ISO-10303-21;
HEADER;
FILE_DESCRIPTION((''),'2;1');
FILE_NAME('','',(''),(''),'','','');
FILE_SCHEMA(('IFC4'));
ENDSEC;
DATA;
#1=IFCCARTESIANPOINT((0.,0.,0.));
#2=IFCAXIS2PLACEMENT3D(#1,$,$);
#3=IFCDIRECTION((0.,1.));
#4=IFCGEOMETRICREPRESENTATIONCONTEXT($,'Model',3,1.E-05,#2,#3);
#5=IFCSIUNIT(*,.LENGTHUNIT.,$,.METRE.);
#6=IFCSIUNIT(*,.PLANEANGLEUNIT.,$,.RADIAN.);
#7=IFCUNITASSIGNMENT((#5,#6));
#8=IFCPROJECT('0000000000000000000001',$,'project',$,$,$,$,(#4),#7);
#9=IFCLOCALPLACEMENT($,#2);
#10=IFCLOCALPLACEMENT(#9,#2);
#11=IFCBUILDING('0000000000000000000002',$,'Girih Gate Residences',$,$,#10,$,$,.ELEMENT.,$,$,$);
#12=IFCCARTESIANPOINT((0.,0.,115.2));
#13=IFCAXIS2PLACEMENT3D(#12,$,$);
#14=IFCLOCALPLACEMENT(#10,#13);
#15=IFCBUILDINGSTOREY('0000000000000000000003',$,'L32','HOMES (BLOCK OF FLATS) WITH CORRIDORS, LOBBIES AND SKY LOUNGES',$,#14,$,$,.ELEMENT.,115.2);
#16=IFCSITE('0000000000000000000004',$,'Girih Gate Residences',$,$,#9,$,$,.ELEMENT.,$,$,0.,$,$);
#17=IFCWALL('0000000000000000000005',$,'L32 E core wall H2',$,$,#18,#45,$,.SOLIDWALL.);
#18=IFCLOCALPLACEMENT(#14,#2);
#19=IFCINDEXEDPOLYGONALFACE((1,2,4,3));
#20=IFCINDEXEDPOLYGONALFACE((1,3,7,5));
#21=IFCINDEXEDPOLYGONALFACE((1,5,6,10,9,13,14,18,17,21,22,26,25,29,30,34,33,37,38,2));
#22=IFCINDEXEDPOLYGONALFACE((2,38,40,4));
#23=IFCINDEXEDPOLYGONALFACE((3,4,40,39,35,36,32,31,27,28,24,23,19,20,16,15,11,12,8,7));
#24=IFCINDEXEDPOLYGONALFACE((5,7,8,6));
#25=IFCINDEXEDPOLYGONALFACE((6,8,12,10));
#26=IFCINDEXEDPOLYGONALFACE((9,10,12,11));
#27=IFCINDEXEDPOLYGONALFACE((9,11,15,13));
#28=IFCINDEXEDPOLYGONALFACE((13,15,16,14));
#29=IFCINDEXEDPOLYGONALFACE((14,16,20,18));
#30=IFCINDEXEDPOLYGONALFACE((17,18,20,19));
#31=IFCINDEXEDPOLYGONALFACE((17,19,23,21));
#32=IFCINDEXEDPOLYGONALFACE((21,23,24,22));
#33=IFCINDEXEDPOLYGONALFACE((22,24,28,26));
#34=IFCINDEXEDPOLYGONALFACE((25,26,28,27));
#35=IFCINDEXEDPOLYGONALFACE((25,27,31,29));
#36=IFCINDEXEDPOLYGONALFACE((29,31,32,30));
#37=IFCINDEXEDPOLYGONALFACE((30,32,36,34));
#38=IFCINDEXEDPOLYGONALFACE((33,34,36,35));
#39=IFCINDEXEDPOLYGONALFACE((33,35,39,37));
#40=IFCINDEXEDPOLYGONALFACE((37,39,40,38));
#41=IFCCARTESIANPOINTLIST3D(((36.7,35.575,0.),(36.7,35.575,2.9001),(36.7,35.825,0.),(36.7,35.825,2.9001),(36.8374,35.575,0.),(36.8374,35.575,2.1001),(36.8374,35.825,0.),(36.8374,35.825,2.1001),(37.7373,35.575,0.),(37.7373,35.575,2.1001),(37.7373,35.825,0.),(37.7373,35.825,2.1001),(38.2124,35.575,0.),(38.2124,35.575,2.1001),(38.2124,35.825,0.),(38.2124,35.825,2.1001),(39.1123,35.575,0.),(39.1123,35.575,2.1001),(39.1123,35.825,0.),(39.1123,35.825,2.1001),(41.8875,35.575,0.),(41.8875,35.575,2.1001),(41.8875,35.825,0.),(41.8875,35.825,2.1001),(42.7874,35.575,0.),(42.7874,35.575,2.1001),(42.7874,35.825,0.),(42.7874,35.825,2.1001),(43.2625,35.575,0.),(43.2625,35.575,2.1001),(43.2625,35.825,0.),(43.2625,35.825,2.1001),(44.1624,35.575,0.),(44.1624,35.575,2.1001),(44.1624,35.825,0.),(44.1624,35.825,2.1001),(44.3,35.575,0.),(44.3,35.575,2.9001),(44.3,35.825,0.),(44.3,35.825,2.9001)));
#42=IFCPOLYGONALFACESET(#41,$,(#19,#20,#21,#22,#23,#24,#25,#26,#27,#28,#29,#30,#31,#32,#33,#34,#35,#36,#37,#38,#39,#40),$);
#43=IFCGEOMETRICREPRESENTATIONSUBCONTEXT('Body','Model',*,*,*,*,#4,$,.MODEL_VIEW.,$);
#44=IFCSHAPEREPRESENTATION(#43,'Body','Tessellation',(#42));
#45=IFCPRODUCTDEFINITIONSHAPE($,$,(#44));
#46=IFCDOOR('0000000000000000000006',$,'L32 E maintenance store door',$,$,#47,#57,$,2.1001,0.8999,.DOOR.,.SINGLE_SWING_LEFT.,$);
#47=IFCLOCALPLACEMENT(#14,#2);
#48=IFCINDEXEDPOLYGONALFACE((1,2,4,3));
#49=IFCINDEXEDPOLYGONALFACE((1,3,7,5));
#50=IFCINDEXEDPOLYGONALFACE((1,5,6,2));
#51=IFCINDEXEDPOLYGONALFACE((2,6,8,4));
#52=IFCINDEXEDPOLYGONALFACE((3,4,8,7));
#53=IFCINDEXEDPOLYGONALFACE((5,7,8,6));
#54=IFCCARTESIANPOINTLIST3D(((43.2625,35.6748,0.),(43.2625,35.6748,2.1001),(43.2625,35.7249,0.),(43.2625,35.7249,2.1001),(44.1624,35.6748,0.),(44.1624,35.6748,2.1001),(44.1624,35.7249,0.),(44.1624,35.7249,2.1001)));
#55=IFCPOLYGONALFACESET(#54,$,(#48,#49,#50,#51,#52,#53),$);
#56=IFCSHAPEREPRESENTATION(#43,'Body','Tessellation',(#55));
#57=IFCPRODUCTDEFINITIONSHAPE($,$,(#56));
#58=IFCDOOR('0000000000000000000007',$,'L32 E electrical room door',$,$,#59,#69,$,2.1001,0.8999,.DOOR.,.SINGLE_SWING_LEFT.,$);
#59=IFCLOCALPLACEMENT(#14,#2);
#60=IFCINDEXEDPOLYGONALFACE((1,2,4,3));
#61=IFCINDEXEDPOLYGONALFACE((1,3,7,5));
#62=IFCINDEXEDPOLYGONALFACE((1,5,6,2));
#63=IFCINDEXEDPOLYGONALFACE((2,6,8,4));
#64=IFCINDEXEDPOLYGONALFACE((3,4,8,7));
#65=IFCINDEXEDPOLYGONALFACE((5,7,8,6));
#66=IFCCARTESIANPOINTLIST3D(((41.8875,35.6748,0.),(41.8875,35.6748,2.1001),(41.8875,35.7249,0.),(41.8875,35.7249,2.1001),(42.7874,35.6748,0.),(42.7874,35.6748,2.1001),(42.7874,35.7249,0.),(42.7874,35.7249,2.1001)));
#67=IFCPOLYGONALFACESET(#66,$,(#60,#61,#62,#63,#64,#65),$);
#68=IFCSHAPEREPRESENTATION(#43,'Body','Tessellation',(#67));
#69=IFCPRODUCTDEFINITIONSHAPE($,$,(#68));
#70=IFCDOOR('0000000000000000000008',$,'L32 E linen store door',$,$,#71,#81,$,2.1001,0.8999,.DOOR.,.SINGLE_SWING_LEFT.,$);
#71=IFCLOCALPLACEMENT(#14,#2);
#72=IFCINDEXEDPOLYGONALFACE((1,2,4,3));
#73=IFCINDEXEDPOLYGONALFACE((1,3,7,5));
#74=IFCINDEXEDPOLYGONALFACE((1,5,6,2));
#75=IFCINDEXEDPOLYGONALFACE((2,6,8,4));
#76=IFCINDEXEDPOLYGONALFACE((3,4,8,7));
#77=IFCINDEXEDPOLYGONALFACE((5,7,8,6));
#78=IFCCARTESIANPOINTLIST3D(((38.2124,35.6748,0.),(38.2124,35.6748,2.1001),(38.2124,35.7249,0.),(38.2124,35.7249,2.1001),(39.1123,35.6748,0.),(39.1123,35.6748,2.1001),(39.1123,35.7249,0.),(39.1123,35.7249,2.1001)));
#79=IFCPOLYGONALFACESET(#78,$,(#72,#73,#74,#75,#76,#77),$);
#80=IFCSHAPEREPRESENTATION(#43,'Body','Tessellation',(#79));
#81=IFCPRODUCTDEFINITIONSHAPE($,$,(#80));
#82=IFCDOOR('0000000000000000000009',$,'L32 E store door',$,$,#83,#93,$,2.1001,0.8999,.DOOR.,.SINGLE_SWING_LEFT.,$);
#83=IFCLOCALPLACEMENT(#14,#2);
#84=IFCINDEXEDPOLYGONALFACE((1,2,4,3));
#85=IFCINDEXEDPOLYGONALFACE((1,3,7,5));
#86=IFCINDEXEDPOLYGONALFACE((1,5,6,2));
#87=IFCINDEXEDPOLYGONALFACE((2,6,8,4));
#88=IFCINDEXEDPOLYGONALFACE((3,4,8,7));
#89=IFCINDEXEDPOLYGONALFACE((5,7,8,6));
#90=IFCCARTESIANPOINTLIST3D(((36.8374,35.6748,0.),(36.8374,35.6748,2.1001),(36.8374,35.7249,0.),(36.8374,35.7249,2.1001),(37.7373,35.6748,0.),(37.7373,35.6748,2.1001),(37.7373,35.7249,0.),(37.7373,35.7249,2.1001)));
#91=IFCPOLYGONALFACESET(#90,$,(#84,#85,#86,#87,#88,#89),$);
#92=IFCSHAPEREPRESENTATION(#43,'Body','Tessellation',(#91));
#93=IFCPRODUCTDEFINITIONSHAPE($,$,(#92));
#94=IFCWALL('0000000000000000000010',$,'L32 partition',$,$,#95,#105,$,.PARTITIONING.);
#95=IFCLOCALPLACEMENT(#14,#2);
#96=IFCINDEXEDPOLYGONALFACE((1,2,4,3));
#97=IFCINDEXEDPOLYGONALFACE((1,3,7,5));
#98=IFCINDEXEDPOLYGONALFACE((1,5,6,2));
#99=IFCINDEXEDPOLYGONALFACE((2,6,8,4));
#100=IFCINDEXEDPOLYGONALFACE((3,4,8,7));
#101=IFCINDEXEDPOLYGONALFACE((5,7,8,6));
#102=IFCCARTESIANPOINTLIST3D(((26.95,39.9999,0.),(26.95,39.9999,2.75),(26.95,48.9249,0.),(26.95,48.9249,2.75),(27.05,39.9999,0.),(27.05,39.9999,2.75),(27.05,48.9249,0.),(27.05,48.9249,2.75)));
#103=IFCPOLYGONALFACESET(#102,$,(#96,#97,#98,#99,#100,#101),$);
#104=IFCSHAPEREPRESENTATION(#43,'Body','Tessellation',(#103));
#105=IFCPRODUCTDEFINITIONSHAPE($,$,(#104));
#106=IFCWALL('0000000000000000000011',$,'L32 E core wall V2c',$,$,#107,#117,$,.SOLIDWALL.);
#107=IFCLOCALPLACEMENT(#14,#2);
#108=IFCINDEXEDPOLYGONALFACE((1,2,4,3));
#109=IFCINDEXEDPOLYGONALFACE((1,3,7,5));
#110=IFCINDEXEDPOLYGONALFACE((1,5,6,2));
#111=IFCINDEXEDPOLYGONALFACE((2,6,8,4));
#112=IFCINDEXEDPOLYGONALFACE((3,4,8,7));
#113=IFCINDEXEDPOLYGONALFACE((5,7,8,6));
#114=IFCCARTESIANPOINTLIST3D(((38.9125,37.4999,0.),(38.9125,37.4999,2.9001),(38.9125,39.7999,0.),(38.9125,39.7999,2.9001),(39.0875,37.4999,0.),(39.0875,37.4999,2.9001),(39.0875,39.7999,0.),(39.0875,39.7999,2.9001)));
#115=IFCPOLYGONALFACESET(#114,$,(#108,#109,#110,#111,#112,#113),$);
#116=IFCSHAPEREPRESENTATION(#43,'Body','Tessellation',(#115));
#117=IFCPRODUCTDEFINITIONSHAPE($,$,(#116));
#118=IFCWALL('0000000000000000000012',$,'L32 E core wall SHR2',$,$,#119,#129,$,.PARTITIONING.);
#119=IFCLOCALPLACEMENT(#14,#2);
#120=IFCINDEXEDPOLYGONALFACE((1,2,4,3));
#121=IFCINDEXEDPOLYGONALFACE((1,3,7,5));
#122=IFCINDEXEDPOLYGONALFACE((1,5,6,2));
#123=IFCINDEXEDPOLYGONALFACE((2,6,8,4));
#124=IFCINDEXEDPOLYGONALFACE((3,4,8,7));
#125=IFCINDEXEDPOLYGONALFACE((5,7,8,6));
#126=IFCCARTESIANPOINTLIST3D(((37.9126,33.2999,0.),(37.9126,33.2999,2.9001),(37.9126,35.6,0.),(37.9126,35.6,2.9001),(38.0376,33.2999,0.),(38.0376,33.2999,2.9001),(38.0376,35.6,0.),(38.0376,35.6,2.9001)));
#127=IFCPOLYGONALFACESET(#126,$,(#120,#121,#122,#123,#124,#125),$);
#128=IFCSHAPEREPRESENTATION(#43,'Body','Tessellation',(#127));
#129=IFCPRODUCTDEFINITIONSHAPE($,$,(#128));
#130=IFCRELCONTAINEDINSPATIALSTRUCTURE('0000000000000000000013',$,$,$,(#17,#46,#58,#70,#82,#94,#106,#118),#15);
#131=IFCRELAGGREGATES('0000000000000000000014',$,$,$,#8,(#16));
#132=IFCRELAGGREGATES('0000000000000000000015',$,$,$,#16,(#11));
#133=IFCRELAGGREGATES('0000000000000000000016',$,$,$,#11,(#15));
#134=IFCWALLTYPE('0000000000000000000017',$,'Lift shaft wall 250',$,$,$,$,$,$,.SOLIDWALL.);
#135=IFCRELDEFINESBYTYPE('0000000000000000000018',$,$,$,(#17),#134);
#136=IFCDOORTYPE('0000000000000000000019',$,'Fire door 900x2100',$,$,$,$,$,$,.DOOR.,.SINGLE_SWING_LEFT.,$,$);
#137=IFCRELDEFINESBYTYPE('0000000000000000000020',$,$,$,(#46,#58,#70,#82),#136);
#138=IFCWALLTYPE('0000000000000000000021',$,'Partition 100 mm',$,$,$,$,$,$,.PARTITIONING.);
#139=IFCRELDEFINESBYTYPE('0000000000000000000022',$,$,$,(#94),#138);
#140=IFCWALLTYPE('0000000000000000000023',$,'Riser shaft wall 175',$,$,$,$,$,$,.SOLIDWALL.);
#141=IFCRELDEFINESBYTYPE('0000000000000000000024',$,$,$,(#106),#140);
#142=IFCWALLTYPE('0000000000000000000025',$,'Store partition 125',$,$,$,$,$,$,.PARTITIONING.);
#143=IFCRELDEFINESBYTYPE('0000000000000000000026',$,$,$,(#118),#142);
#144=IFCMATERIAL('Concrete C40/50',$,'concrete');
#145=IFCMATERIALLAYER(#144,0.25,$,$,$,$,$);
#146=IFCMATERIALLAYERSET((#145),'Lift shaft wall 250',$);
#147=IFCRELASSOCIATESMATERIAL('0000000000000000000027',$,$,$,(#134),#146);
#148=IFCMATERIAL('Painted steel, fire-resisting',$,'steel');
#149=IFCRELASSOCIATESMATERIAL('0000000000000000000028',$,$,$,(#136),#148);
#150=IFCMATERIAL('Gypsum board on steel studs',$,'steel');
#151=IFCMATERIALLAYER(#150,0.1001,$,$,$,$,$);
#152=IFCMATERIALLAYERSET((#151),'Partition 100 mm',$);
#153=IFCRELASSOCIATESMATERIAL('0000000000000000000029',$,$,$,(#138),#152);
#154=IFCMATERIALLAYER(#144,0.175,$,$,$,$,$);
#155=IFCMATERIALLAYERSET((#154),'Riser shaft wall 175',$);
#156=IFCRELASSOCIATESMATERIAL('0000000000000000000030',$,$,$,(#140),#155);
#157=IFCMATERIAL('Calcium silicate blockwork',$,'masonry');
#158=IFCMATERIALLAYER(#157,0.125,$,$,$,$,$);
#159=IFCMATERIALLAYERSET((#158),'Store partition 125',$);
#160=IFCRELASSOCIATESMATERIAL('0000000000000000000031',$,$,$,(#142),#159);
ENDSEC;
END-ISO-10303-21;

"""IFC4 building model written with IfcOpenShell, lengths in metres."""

from ifc_helpers import new_model, si_unit, direction, frame, frame_2d, origin, place, context, subcontext, project, spatial, rectangle, extrude, material, layer, layer_set, type_object, element, fill, save


model = new_model("IFC4")

# Units and contexts
model_context = context("Model", 3, precision=1e-05, world=origin(), true_north=direction((0.0, 1.0)))
body_context = subcontext(model_context, "Body", "Model", "MODEL_VIEW")
ifc_project = project(units=[si_unit("LENGTHUNIT", "METRE"), si_unit("PLANEANGLEUNIT", "RADIAN")], contexts=[model_context])

# Site, building, storey
site_placement = place(None, origin())
site = spatial("IfcSite", under=ifc_project, at=site_placement, Name="Girih Gate Residences", CompositionType="ELEMENT", RefElevation=0.0)
building_placement = place(site_placement, origin())
building = spatial("IfcBuilding", under=site, at=building_placement, Name="Girih Gate Residences", CompositionType="ELEMENT")
storey_placement = place(building_placement, frame((0.0, 0.0, 115.2)))
storey = spatial("IfcBuildingStorey", under=building, at=storey_placement, Name="L32", Description="HOMES (BLOCK OF FLATS) WITH CORRIDORS, LOBBIES AND SKY LOUNGES", CompositionType="ELEMENT", Elevation=115.2)

# Shared definitions
ifc_material_1 = material(Name="Gypsum board on steel studs", Category="steel")

# Wall, openings, doors
ifc_material_2 = material(Name="Concrete C40/50", Category="concrete")
ifc_layer_1 = layer(ifc_material_2, 0.25)
ifc_layer_set_1 = layer_set([ifc_layer_1], Name="Lift shaft wall 250")
wall_type_1 = type_object("IfcWallType", Name="Lift shaft wall 250", PredefinedType="SOLIDWALL", material=ifc_layer_set_1)
wall_1_placement = place(storey_placement, frame((36.7, 35.7, 0.0), z_axis=(0.0, 0.0, 1.0), x_axis=(1.0, 0.0, 0.0)))
wall_1 = element("IfcWall", 1, at=wall_1_placement, inside=storey, type_object=wall_type_1, Name="L32 E core wall H2", PredefinedType="SOLIDWALL", context=body_context, shape_type="SweptSolid", body=[
    extrude(rectangle(XDim=7.6001, YDim=0.25, at=frame_2d((3.8, 0.0))), origin(), (0.0, 0.0, 1.0), 2.9001),
])
opening_1_placement = place(wall_1_placement, frame((6.5625, 0.0, 0.0)))
opening_1 = element("IfcOpeningElement", 2, at=opening_1_placement, cuts=wall_1, PredefinedType="OPENING", context=body_context, shape_type="SweptSolid", body=[
    extrude(rectangle(XDim=0.8999, YDim=2.1001, at=frame_2d((0.45, 1.05))), frame((0.0, 0.135, 0.0), z_axis=(0.0, -1.0, 0.0), x_axis=(1.0, 0.0, 0.0)), (0.0, 0.0, 1.0), 0.27),
])
opening_2_placement = place(wall_1_placement, frame((5.1875, 0.0, 0.0)))
opening_2 = element("IfcOpeningElement", 3, at=opening_2_placement, cuts=wall_1, PredefinedType="OPENING", context=body_context, shape_type="SweptSolid", body=[
    extrude(rectangle(XDim=0.8999, YDim=2.1001, at=frame_2d((0.45, 1.05))), frame((0.0, 0.135, 0.0), z_axis=(0.0, -1.0, 0.0), x_axis=(1.0, 0.0, 0.0)), (0.0, 0.0, 1.0), 0.27),
])
opening_3_placement = place(wall_1_placement, frame((1.5125, 0.0, 0.0)))
opening_3 = element("IfcOpeningElement", 4, at=opening_3_placement, cuts=wall_1, PredefinedType="OPENING", context=body_context, shape_type="SweptSolid", body=[
    extrude(rectangle(XDim=0.8999, YDim=2.1001, at=frame_2d((0.45, 1.05))), frame((0.0, 0.135, 0.0), z_axis=(0.0, -1.0, 0.0), x_axis=(1.0, 0.0, 0.0)), (0.0, 0.0, 1.0), 0.27),
])
opening_4_placement = place(wall_1_placement, frame((0.1375, 0.0, 0.0)))
opening_4 = element("IfcOpeningElement", 5, at=opening_4_placement, cuts=wall_1, PredefinedType="OPENING", context=body_context, shape_type="SweptSolid", body=[
    extrude(rectangle(XDim=0.8999, YDim=2.1001, at=frame_2d((0.45, 1.05))), frame((0.0, 0.135, 0.0), z_axis=(0.0, -1.0, 0.0), x_axis=(1.0, 0.0, 0.0)), (0.0, 0.0, 1.0), 0.27),
])
ifc_material_3 = material(Name="Painted steel, fire-resisting", Category="steel")
door_type_1 = type_object("IfcDoorType", Name="Fire door 900x2100", OperationType="SINGLE_SWING_LEFT", PredefinedType="DOOR", material=ifc_material_3)
door_1_placement = place(opening_1_placement, origin())
door_1 = element("IfcDoor", 6, at=door_1_placement, inside=storey, type_object=door_type_1, Name="L32 E maintenance store door", OperationType="SINGLE_SWING_LEFT", OverallHeight=2.1001, OverallWidth=0.8999, PredefinedType="DOOR", context=body_context, shape_type="SweptSolid", body=[
    extrude(rectangle(XDim=0.8999, YDim=2.1001, at=frame_2d((0.45, 1.05))), frame((0.0, 0.0249, 0.0), z_axis=(0.0, -1.0, 0.0), x_axis=(1.0, 0.0, 0.0)), (0.0, 0.0, 1.0), 0.05),
])
fill(opening_1, door_1)
door_2_placement = place(opening_2_placement, origin())
door_2 = element("IfcDoor", 7, at=door_2_placement, inside=storey, type_object=door_type_1, Name="L32 E electrical room door", OperationType="SINGLE_SWING_LEFT", OverallHeight=2.1001, OverallWidth=0.8999, PredefinedType="DOOR", context=body_context, shape_type="SweptSolid", body=[
    extrude(rectangle(XDim=0.8999, YDim=2.1001, at=frame_2d((0.45, 1.05))), frame((0.0, 0.0249, 0.0), z_axis=(0.0, -1.0, 0.0), x_axis=(1.0, 0.0, 0.0)), (0.0, 0.0, 1.0), 0.05),
])
fill(opening_2, door_2)
door_3_placement = place(opening_3_placement, origin())
door_3 = element("IfcDoor", 8, at=door_3_placement, inside=storey, type_object=door_type_1, Name="L32 E linen store door", OperationType="SINGLE_SWING_LEFT", OverallHeight=2.1001, OverallWidth=0.8999, PredefinedType="DOOR", context=body_context, shape_type="SweptSolid", body=[
    extrude(rectangle(XDim=0.8999, YDim=2.1001, at=frame_2d((0.45, 1.05))), frame((0.0, 0.0249, 0.0), z_axis=(0.0, -1.0, 0.0), x_axis=(1.0, 0.0, 0.0)), (0.0, 0.0, 1.0), 0.05),
])
fill(opening_3, door_3)
door_4_placement = place(opening_4_placement, origin())
door_4 = element("IfcDoor", 9, at=door_4_placement, inside=storey, type_object=door_type_1, Name="L32 E store door", OperationType="SINGLE_SWING_LEFT", OverallHeight=2.1001, OverallWidth=0.8999, PredefinedType="DOOR", context=body_context, shape_type="SweptSolid", body=[
    extrude(rectangle(XDim=0.8999, YDim=2.1001, at=frame_2d((0.45, 1.05))), frame((0.0, 0.0249, 0.0), z_axis=(0.0, -1.0, 0.0), x_axis=(1.0, 0.0, 0.0)), (0.0, 0.0, 1.0), 0.05),
])
fill(opening_4, door_4)

# Walls
ifc_layer_2 = layer(ifc_material_1, 0.1001)
ifc_layer_set_2 = layer_set([ifc_layer_2], Name="Partition 100 mm")
wall_type_2 = type_object("IfcWallType", Name="Partition 100 mm", PredefinedType="PARTITIONING", material=ifc_layer_set_2)
wall_2_placement = place(storey_placement, frame((27.0, 40.0, 0.0), z_axis=(0.0, 0.0, 1.0), x_axis=(0.0, 1.0, 0.0)))
element("IfcWall", 10, at=wall_2_placement, inside=storey, type_object=wall_type_2, Name="L32 partition", PredefinedType="PARTITIONING", context=body_context, shape_type="SweptSolid", body=[
    extrude(rectangle(XDim=8.925, YDim=0.1001, at=frame_2d((4.4624, 0.0))), origin(), (0.0, 0.0, 1.0), 2.75),
])
ifc_layer_3 = layer(ifc_material_2, 0.175)
ifc_layer_set_3 = layer_set([ifc_layer_3], Name="Riser shaft wall 175")
wall_type_3 = type_object("IfcWallType", Name="Riser shaft wall 175", PredefinedType="SOLIDWALL", material=ifc_layer_set_3)
wall_3_placement = place(storey_placement, frame((39.0, 37.5, 0.0), z_axis=(0.0, 0.0, 1.0), x_axis=(0.0, 1.0, 0.0)))
element("IfcWall", 11, at=wall_3_placement, inside=storey, type_object=wall_type_3, Name="L32 E core wall V2c", PredefinedType="SOLIDWALL", context=body_context, shape_type="SweptSolid", body=[
    extrude(rectangle(XDim=2.3, YDim=0.175, at=frame_2d((1.1499, 0.0))), origin(), (0.0, 0.0, 1.0), 2.9001),
])
ifc_material_4 = material(Name="Calcium silicate blockwork", Category="masonry")
ifc_layer_4 = layer(ifc_material_4, 0.125)
ifc_layer_set_4 = layer_set([ifc_layer_4], Name="Store partition 125")
wall_type_4 = type_object("IfcWallType", Name="Store partition 125", PredefinedType="PARTITIONING", material=ifc_layer_set_4)
wall_4_placement = place(storey_placement, frame((37.9751, 33.3, 0.0), z_axis=(0.0, 0.0, 1.0), x_axis=(0.0, 1.0, 0.0)))
element("IfcWall", 12, at=wall_4_placement, inside=storey, type_object=wall_type_4, Name="L32 E core wall SHR2", PredefinedType="PARTITIONING", context=body_context, shape_type="SweptSolid", body=[
    extrude(rectangle(XDim=2.3, YDim=0.125, at=frame_2d((1.1499, 0.0))), origin(), (0.0, 0.0, 1.0), 2.9001),
])

save(model, "model.ifc")
